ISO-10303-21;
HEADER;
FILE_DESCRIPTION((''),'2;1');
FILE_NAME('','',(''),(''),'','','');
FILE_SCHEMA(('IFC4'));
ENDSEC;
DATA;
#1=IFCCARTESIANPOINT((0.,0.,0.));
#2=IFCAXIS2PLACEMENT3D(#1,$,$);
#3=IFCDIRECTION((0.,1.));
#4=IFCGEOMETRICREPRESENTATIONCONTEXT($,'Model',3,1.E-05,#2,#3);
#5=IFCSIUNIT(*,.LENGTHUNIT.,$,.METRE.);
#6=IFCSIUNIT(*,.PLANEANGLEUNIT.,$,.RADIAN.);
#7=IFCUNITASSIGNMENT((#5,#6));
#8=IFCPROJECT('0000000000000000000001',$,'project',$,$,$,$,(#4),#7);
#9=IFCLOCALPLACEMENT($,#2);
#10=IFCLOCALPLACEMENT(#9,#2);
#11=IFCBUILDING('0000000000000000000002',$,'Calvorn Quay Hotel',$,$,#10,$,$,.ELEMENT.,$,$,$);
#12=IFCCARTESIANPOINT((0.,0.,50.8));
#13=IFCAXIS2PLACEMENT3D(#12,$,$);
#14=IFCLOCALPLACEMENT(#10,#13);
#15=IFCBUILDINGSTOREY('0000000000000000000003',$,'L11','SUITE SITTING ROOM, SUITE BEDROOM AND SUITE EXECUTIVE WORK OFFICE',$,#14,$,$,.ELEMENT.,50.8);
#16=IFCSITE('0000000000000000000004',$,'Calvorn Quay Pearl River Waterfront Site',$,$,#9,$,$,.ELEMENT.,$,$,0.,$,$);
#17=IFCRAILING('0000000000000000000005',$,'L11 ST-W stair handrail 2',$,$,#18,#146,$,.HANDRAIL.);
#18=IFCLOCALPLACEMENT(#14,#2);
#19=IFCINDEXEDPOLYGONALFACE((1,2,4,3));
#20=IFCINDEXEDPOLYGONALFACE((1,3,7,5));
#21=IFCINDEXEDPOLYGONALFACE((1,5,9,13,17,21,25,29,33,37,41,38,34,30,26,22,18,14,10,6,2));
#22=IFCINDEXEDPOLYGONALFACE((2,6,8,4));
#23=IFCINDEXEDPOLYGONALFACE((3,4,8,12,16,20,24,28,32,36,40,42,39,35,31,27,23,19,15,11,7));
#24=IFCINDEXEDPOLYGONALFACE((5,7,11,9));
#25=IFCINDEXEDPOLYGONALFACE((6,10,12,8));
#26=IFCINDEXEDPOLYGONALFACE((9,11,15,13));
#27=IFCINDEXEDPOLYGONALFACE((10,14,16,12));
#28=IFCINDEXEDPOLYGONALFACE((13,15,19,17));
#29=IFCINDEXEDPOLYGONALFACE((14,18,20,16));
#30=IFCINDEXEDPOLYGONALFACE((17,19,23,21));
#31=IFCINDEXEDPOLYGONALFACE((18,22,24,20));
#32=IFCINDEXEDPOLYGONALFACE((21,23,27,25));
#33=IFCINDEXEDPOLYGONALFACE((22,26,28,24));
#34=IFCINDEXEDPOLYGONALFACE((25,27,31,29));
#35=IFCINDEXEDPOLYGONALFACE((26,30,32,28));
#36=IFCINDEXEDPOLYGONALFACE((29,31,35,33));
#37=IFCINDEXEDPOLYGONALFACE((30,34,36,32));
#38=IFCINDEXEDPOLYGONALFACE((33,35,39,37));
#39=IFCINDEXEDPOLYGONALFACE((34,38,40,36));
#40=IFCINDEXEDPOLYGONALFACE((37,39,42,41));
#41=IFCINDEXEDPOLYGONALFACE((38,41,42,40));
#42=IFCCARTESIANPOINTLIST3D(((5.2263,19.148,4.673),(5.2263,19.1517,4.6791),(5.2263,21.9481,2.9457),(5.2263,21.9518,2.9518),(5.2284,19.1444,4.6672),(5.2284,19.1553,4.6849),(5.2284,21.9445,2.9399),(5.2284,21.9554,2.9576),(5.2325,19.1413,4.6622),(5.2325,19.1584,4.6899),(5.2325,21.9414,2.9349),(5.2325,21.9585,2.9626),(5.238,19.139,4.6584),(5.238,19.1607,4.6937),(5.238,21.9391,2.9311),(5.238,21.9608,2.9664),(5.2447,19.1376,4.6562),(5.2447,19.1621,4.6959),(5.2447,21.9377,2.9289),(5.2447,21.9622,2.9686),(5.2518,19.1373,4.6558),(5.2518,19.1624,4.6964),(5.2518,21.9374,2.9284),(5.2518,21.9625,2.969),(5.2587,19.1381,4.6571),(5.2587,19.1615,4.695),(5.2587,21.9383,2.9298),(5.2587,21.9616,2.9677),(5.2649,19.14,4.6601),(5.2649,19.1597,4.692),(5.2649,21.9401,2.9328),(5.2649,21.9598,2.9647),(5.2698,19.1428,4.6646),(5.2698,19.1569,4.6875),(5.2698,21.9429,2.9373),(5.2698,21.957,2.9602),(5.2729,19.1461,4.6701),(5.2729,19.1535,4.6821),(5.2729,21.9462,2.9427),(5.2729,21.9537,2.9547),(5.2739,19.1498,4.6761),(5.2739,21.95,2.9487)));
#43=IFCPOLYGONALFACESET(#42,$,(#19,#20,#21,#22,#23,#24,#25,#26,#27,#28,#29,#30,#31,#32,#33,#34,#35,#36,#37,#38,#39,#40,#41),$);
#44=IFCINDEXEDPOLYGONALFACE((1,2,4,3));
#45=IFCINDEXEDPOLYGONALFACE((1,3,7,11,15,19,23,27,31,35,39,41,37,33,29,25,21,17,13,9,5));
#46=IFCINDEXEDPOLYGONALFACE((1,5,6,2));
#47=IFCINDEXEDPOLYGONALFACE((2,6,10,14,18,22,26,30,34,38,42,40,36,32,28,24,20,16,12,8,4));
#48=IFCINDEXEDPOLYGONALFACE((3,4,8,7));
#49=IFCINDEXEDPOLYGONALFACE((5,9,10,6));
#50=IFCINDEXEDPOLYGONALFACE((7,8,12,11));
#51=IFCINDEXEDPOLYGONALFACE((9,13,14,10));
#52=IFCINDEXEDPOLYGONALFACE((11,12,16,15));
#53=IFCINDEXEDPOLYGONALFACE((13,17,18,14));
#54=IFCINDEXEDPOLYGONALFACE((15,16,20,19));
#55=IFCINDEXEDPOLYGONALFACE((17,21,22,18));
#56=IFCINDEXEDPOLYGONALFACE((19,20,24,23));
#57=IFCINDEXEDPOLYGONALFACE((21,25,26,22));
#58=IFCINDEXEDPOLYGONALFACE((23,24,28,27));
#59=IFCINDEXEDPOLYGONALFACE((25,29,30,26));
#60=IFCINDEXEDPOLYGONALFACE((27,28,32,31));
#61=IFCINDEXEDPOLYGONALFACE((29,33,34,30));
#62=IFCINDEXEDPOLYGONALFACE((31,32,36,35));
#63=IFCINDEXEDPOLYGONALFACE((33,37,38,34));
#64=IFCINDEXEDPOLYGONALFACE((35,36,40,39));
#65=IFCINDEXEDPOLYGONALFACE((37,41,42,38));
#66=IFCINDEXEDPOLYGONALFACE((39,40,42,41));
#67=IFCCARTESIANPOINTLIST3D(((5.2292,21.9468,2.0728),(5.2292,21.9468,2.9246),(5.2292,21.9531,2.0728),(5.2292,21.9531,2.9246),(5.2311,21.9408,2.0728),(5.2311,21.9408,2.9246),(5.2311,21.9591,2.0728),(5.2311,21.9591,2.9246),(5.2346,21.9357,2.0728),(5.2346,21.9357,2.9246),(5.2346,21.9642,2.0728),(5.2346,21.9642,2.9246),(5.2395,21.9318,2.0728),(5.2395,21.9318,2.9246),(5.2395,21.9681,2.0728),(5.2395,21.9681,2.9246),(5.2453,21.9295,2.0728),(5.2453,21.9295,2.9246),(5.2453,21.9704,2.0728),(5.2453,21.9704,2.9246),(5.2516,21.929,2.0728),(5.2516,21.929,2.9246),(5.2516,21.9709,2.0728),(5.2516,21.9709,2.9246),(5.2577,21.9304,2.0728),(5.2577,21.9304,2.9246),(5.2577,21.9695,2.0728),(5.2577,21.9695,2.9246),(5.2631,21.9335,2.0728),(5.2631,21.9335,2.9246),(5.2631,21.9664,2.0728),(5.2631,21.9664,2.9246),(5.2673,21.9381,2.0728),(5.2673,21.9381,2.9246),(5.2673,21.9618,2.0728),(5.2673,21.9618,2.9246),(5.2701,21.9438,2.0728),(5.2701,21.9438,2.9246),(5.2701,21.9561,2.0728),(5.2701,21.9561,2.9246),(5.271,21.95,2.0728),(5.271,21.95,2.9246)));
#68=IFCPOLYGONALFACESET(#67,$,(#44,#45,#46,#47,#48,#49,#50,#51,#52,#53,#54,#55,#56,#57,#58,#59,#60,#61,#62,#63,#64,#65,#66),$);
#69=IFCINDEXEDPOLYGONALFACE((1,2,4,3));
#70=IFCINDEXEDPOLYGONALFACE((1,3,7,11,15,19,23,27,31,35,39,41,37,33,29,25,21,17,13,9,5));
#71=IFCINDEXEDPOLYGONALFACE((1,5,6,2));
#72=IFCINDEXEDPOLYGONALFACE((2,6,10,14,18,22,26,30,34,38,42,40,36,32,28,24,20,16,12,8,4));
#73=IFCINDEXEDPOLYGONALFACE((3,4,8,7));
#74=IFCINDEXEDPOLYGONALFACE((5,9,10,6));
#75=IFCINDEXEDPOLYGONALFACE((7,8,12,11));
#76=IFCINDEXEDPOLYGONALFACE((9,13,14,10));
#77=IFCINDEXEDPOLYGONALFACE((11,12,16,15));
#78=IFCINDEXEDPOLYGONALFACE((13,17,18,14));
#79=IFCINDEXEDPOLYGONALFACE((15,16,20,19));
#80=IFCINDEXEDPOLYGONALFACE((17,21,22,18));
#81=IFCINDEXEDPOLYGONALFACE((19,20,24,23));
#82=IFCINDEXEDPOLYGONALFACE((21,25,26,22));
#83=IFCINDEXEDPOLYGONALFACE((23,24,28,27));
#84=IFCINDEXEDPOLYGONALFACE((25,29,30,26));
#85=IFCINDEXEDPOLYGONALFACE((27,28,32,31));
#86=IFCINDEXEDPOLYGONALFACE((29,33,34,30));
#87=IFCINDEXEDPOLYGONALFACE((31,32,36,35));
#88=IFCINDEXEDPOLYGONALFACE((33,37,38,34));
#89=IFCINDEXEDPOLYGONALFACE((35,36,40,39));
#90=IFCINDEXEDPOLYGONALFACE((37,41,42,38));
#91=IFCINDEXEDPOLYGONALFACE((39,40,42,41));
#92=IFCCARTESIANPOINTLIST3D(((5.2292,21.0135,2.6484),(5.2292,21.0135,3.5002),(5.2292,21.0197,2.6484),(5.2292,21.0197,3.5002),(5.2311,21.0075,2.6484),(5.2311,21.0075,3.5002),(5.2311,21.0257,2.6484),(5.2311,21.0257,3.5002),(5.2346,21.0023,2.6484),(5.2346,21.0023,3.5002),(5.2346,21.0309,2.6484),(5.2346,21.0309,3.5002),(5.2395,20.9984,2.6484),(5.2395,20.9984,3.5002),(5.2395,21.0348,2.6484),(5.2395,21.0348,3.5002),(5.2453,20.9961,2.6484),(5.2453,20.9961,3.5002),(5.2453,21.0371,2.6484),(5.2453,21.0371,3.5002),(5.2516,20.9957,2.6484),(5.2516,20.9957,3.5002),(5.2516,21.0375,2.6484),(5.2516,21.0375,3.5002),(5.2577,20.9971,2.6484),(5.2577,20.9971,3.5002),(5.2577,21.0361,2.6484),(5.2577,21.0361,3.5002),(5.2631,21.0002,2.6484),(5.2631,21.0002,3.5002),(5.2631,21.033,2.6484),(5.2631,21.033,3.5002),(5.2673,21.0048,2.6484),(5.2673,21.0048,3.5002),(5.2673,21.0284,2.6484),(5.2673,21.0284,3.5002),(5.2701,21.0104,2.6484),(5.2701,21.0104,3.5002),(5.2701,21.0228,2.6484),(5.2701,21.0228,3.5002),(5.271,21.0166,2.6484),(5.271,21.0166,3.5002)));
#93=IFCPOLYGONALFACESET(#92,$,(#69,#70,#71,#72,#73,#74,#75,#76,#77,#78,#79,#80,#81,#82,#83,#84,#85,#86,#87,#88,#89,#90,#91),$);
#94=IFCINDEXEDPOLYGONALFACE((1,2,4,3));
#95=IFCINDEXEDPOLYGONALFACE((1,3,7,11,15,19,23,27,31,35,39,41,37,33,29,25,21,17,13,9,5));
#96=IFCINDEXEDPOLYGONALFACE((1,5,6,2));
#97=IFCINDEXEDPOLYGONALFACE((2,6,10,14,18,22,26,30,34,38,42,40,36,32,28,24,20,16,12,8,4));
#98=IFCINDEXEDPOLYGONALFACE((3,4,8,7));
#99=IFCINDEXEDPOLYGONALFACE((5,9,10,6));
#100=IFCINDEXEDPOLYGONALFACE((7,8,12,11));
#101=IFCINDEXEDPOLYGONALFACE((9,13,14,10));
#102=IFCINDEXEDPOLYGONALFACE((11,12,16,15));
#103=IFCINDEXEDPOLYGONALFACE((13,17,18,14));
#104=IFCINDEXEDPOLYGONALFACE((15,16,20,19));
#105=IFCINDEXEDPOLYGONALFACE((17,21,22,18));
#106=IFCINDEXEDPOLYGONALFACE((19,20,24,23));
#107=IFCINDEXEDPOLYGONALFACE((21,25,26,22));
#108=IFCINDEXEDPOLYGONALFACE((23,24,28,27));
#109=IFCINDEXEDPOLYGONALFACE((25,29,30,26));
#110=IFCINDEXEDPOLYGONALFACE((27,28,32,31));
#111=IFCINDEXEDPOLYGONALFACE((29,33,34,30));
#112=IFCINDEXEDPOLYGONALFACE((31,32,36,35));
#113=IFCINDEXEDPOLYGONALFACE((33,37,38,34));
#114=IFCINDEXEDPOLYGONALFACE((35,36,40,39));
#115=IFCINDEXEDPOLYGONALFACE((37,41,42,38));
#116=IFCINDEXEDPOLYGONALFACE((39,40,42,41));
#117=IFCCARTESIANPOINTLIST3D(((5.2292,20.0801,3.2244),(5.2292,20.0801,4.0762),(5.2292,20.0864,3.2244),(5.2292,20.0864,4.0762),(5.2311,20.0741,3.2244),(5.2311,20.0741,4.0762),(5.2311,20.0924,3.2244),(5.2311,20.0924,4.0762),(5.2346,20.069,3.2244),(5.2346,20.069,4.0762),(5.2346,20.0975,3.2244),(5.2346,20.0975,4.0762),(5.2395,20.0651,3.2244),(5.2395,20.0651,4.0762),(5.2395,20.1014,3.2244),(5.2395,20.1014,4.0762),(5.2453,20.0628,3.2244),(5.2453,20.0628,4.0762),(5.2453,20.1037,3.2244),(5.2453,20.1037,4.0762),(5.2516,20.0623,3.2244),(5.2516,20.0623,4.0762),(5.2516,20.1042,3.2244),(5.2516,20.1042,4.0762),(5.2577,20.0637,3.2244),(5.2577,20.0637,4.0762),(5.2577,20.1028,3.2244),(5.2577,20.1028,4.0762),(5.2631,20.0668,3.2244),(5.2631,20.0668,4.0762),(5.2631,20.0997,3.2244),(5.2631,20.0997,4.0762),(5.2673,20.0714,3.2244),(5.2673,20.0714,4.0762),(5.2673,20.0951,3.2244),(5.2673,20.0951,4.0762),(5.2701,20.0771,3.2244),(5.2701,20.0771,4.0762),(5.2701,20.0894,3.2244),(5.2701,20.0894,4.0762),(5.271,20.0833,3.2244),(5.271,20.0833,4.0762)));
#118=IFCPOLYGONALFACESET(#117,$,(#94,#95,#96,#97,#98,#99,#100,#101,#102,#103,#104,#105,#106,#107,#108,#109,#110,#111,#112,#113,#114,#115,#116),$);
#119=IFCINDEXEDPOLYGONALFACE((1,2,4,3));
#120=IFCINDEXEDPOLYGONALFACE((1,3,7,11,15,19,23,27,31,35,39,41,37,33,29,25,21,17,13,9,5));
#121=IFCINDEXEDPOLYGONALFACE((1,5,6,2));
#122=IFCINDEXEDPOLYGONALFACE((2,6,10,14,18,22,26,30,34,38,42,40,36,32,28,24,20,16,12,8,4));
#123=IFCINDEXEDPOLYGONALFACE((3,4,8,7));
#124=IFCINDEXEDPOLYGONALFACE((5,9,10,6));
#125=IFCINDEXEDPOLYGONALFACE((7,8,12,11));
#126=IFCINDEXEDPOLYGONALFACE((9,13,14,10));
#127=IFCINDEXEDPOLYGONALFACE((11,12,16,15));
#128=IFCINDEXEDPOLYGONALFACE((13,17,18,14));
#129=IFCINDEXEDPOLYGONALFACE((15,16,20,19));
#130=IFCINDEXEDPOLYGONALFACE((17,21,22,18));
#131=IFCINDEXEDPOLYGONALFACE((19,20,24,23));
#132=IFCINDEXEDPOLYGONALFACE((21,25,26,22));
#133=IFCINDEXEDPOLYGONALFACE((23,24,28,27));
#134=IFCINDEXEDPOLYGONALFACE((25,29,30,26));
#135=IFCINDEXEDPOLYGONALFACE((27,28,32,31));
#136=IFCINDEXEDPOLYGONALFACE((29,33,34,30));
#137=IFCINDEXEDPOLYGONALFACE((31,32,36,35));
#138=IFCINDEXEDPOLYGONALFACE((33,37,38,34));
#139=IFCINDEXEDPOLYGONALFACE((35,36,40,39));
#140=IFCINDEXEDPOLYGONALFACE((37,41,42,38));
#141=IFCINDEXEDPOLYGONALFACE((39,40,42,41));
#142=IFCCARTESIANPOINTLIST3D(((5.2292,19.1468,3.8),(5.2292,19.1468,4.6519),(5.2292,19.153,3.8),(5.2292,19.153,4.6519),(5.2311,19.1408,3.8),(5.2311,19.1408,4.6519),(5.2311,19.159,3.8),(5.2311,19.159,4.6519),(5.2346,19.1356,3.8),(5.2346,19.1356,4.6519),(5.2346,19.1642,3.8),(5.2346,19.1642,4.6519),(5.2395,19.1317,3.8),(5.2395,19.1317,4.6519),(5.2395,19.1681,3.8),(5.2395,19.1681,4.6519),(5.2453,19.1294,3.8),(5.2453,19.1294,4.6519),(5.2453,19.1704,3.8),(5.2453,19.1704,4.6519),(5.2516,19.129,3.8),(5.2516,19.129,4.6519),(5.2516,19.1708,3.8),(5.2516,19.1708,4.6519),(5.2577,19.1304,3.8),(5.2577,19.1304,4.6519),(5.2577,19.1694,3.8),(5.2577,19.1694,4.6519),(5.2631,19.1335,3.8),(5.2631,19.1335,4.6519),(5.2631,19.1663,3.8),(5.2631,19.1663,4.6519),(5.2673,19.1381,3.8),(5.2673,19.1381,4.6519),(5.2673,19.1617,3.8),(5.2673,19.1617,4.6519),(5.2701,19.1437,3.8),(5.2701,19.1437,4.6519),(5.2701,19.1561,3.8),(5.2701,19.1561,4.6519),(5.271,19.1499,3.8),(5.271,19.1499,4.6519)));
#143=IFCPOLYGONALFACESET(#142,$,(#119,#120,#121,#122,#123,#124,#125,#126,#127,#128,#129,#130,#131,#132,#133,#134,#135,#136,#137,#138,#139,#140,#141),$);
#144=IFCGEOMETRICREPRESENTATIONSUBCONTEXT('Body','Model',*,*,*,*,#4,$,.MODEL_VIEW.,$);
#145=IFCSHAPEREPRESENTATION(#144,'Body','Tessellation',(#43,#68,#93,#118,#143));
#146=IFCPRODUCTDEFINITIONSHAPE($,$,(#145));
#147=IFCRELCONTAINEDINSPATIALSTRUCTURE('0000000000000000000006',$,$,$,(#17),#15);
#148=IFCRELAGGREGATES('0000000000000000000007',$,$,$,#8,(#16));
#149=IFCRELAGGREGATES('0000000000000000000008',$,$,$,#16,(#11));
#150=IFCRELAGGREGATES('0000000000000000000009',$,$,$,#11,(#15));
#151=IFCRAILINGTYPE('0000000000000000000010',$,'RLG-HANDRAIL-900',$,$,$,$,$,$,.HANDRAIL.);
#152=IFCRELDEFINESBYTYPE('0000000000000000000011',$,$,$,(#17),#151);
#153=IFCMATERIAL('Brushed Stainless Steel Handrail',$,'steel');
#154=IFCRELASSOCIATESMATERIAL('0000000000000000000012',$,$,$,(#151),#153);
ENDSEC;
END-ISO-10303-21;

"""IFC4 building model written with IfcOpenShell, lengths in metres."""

from ifc_helpers import new_model, si_unit, direction, frame, origin, origin_2d, place, context, subcontext, project, spatial, circle, extrude, material, type_object, element, save


model = new_model("IFC4")

# Units and contexts
model_context = context("Model", 3, precision=1e-05, world=origin(), true_north=direction((0.0, 1.0)))
body_context = subcontext(model_context, "Body", "Model", "MODEL_VIEW")
ifc_project = project(units=[si_unit("LENGTHUNIT", "METRE"), si_unit("PLANEANGLEUNIT", "RADIAN")], contexts=[model_context])

# Site, building, storey
site_placement = place(None, origin())
site = spatial("IfcSite", under=ifc_project, at=site_placement, Name="Calvorn Quay Pearl River Waterfront Site", CompositionType="ELEMENT", RefElevation=0.0)
building_placement = place(site_placement, origin())
building = spatial("IfcBuilding", under=site, at=building_placement, Name="Calvorn Quay Hotel", CompositionType="ELEMENT")
storey_placement = place(building_placement, frame((0.0, 0.0, 50.8)))
storey = spatial("IfcBuildingStorey", under=building, at=storey_placement, Name="L11", Description="SUITE SITTING ROOM, SUITE BEDROOM AND SUITE EXECUTIVE WORK OFFICE", CompositionType="ELEMENT", Elevation=50.8)

# Railing
ifc_material_1 = material(Name="Brushed Stainless Steel Handrail", Category="steel")
railing_type_1 = type_object("IfcRailingType", Name="RLG-HANDRAIL-900", PredefinedType="HANDRAIL", material=ifc_material_1)
railing_1_placement = place(storey_placement, frame((5.25, 21.95, 2.0728)))
element("IfcRailing", 1, at=railing_1_placement, inside=storey, type_object=railing_type_1, Name="L11 ST-W stair handrail 2", PredefinedType="HANDRAIL", context=body_context, shape_type="SweptSolid", body=[
    extrude(circle(Radius=0.0239, at=origin_2d()), frame((0.0, 0.0, 0.876), z_axis=(0.0, -0.85109, 0.52502), x_axis=(1.0, 0.0, 0.0)), (0.0, 0.0, 1.0), 3.29),
    extrude(circle(Radius=0.021, at=origin_2d()), origin(), (0.0, 0.0, 1.0), 0.8518),
    extrude(circle(Radius=0.021, at=origin_2d()), frame((0.0, -0.9333, 0.5757)), (0.0, 0.0, 1.0), 0.8518),
    extrude(circle(Radius=0.021, at=origin_2d()), frame((0.0, -1.8667, 1.1516)), (0.0, 0.0, 1.0), 0.8518),
    extrude(circle(Radius=0.021, at=origin_2d()), frame((0.0, -2.8, 1.7273)), (0.0, 0.0, 1.0), 0.8518),
])

save(model, "model.ifc")
